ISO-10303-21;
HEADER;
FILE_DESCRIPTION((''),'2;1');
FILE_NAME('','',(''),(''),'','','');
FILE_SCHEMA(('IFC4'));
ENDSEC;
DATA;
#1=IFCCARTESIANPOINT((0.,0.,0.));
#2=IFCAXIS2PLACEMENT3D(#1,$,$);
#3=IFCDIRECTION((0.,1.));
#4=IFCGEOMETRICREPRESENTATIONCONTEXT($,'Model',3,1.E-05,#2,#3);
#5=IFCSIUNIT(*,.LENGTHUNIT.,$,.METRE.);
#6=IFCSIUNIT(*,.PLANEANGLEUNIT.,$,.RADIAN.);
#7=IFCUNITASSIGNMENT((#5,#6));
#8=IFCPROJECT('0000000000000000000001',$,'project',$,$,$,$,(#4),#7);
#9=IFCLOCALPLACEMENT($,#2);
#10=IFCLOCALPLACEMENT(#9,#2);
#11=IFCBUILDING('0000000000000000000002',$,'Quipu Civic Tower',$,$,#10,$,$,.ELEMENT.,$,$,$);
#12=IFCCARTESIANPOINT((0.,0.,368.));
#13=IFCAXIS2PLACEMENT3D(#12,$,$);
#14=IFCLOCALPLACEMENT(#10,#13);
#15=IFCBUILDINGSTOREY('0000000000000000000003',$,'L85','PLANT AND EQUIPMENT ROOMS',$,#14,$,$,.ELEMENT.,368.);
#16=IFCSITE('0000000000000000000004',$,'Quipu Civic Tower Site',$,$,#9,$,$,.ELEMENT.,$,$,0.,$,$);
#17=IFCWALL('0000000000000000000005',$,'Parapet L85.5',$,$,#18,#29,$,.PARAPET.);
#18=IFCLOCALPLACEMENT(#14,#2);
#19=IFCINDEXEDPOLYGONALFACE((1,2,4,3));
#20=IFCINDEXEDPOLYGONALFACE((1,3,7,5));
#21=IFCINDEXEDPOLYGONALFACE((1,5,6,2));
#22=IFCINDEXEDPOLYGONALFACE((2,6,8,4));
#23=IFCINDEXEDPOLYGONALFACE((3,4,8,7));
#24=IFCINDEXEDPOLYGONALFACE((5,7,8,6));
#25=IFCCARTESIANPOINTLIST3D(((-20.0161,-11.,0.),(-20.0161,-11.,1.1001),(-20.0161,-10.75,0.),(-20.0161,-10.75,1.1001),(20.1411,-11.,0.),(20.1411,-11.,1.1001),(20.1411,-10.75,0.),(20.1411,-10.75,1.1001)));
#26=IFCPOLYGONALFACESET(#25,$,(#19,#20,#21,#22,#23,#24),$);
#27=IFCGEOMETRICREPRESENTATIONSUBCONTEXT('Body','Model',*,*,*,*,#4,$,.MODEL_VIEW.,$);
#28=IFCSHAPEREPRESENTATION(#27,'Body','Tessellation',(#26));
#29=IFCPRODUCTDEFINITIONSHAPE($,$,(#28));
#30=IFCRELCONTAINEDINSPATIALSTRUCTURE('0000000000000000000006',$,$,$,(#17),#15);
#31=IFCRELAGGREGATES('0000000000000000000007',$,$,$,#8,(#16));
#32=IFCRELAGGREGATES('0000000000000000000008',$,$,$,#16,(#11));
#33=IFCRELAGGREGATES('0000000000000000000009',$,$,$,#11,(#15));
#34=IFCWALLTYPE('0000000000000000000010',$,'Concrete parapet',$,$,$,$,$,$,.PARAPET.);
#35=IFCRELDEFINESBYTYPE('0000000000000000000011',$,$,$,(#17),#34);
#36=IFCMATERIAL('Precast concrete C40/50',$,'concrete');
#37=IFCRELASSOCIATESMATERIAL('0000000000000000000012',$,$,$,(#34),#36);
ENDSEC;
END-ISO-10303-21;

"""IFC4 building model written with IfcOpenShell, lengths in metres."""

from ifc_helpers import new_model, si_unit, direction, frame, frame_2d, origin, place, context, subcontext, project, spatial, rectangle, extrude, material, type_object, element, save


model = new_model("IFC4")

# Units and contexts
model_context = context("Model", 3, precision=1e-05, world=origin(), true_north=direction((0.0, 1.0)))
body_context = subcontext(model_context, "Body", "Model", "MODEL_VIEW")
ifc_project = project(units=[si_unit("LENGTHUNIT", "METRE"), si_unit("PLANEANGLEUNIT", "RADIAN")], contexts=[model_context])

# Site, building, storey
site_placement = place(None, origin())
site = spatial("IfcSite", under=ifc_project, at=site_placement, Name="Quipu Civic Tower Site", CompositionType="ELEMENT", RefElevation=0.0)
building_placement = place(site_placement, origin())
building = spatial("IfcBuilding", under=site, at=building_placement, Name="Quipu Civic Tower", CompositionType="ELEMENT")
storey_placement = place(building_placement, frame((0.0, 0.0, 368.0)))
storey = spatial("IfcBuildingStorey", under=building, at=storey_placement, Name="L85", Description="PLANT AND EQUIPMENT ROOMS", CompositionType="ELEMENT", Elevation=368.0)

# Wall
ifc_material_1 = material(Name="Precast concrete C40/50", Category="concrete")
wall_type = type_object("IfcWallType", Name="Concrete parapet", PredefinedType="PARAPET", material=ifc_material_1)
wall_1_placement = place(storey_placement, frame((20.1411, -10.875, 0.0), z_axis=(0.0, 0.0, 1.0), x_axis=(-1.0, 0.0, 0.0)))
element("IfcWall", 1, at=wall_1_placement, inside=storey, type_object=wall_type, Name="Parapet L85.5", PredefinedType="PARAPET", context=body_context, shape_type="SweptSolid", body=[
    extrude(rectangle(XDim=40.1572, YDim=0.25, at=frame_2d((20.0786, 0.0))), origin(), (0.0, 0.0, 1.0), 1.1001),
])

save(model, "model.ifc")
